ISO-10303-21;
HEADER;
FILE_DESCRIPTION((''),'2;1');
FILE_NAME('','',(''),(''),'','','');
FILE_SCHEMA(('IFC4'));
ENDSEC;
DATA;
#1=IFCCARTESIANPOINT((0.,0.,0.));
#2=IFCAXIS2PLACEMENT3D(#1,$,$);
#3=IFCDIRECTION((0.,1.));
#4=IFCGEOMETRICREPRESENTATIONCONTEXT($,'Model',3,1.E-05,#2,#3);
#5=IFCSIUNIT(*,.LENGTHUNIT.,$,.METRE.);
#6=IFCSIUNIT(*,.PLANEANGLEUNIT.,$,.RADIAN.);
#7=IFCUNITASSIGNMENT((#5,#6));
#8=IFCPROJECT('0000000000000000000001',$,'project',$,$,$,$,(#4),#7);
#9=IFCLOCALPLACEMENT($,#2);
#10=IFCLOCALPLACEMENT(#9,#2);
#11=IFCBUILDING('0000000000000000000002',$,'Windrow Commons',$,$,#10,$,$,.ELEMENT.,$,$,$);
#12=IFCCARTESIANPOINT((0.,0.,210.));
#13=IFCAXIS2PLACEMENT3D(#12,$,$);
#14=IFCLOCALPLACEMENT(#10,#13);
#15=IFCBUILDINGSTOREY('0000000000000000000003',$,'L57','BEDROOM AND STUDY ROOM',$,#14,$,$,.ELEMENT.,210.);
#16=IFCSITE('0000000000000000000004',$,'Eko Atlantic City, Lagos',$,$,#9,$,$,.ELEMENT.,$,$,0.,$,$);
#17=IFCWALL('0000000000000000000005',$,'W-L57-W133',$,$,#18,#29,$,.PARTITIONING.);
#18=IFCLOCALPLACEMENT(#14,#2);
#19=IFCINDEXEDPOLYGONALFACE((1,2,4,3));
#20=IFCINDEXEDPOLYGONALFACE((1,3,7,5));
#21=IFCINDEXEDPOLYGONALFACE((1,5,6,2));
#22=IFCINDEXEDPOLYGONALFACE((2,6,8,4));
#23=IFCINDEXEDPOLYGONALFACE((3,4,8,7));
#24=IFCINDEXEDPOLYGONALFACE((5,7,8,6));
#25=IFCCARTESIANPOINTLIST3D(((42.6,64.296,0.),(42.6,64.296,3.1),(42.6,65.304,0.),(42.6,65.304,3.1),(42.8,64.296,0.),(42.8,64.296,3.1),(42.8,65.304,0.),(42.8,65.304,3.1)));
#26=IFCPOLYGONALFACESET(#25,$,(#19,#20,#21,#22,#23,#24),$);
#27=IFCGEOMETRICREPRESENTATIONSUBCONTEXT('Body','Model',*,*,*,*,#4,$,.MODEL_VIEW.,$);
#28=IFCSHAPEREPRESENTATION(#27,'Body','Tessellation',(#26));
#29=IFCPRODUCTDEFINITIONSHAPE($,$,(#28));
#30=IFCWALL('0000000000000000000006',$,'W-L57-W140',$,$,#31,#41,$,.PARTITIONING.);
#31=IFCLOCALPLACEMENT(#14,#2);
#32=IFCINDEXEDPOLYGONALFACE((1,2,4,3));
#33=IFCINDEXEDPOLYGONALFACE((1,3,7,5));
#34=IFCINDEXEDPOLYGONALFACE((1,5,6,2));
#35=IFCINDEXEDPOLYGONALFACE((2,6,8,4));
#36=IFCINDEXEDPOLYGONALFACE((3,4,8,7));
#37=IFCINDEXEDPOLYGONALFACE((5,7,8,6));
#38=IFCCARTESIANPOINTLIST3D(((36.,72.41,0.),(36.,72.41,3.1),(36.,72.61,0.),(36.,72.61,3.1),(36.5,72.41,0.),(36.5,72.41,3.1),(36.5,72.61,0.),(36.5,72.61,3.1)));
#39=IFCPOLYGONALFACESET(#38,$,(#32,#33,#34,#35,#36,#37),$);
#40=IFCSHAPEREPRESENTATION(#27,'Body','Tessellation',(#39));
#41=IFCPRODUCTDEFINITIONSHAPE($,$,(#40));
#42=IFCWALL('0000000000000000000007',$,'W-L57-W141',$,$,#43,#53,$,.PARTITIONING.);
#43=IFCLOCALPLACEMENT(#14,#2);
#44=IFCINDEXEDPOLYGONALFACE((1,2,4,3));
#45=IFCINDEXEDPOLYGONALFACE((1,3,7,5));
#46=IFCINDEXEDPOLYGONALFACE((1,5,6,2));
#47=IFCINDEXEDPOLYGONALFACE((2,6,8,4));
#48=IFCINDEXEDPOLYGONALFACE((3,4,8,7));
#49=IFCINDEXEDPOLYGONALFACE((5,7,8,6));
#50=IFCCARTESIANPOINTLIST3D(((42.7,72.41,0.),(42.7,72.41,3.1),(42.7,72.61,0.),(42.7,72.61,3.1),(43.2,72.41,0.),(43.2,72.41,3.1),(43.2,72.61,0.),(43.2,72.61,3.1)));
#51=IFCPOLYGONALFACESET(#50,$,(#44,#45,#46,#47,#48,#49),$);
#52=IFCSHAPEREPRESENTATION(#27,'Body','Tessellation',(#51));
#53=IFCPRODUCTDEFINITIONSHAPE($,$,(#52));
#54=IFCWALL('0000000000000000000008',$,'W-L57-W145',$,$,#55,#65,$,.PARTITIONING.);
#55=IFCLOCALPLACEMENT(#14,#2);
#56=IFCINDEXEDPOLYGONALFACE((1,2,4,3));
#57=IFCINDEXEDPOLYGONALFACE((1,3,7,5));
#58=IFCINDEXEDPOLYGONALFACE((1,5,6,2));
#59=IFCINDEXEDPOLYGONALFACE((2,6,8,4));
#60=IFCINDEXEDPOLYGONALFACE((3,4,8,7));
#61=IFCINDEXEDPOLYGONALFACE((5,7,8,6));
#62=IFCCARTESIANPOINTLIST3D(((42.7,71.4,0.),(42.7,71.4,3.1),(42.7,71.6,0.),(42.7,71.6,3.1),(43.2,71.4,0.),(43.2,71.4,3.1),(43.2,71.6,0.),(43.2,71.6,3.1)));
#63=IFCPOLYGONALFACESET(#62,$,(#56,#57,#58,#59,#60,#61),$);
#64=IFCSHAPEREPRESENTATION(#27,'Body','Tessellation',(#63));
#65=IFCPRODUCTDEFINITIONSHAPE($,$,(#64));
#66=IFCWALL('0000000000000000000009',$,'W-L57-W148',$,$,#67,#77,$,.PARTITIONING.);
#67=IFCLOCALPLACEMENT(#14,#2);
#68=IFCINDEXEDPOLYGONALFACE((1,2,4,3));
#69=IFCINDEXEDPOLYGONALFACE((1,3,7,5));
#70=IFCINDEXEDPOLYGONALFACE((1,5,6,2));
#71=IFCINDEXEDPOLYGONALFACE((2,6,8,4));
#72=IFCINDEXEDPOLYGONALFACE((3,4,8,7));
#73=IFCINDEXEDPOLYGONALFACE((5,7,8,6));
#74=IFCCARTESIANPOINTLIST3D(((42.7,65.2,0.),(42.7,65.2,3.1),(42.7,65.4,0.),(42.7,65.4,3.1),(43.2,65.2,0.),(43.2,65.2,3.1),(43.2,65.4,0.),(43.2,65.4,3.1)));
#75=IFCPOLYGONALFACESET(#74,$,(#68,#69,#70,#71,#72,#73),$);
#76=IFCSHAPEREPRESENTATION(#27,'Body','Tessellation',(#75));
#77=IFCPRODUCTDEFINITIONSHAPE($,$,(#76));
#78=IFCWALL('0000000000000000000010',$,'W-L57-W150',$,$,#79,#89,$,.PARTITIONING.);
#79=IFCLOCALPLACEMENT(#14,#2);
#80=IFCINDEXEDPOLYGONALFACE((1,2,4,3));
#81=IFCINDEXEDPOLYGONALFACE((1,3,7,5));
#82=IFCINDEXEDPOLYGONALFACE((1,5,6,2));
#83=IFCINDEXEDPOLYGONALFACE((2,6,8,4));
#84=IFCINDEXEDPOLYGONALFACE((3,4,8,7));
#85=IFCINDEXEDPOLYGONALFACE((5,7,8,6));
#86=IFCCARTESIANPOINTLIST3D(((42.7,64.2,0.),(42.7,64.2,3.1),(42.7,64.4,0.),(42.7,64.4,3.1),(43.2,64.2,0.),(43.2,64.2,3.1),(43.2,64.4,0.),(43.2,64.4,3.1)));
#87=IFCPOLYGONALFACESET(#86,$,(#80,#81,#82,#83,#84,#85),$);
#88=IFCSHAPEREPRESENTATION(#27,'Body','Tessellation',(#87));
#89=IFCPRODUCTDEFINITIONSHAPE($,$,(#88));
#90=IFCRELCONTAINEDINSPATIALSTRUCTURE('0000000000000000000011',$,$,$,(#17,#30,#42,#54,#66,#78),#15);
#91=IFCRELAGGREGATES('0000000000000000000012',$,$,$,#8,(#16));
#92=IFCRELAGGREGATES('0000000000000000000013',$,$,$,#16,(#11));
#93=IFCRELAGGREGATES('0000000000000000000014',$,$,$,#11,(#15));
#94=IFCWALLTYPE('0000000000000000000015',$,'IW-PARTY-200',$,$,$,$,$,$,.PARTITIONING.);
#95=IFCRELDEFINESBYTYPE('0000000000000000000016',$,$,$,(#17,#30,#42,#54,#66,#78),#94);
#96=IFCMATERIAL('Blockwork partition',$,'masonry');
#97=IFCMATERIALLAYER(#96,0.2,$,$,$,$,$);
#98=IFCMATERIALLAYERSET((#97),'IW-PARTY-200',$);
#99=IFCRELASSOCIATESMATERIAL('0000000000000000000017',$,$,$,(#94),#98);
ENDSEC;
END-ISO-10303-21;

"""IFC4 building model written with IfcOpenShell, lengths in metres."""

from ifc_helpers import new_model, si_unit, direction, frame, frame_2d, origin, place, context, subcontext, project, spatial, rectangle, extrude, material, layer, layer_set, type_object, element, save


model = new_model("IFC4")

# Units and contexts
model_context = context("Model", 3, precision=1e-05, world=origin(), true_north=direction((0.0, 1.0)))
body_context = subcontext(model_context, "Body", "Model", "MODEL_VIEW")
ifc_project = project(units=[si_unit("LENGTHUNIT", "METRE"), si_unit("PLANEANGLEUNIT", "RADIAN")], contexts=[model_context])

# Site, building, storey
site_placement = place(None, origin())
site = spatial("IfcSite", under=ifc_project, at=site_placement, Name="Eko Atlantic City, Lagos", CompositionType="ELEMENT", RefElevation=0.0)
building_placement = place(site_placement, origin())
building = spatial("IfcBuilding", under=site, at=building_placement, Name="Windrow Commons", CompositionType="ELEMENT")
storey_placement = place(building_placement, frame((0.0, 0.0, 210.0)))
storey = spatial("IfcBuildingStorey", under=building, at=storey_placement, Name="L57", Description="BEDROOM AND STUDY ROOM", CompositionType="ELEMENT", Elevation=210.0)

# Walls
ifc_material_1 = material(Name="Blockwork partition", Category="masonry")
ifc_layer_1 = layer(ifc_material_1, 0.2)
ifc_layer_set_1 = layer_set([ifc_layer_1], Name="IW-PARTY-200")
wall_type_1 = type_object("IfcWallType", Name="IW-PARTY-200", PredefinedType="PARTITIONING", material=ifc_layer_set_1)
wall_1_placement = place(storey_placement, frame((42.7, 64.296, 0.0), z_axis=(0.0, 0.0, 1.0), x_axis=(0.0, 1.0, 0.0)))
element("IfcWall", 1, at=wall_1_placement, inside=storey, type_object=wall_type_1, Name="W-L57-W133", PredefinedType="PARTITIONING", context=body_context, shape_type="SweptSolid", body=[
    extrude(rectangle(XDim=1.008, YDim=0.2, at=frame_2d((0.504, 0.0))), origin(), (0.0, 0.0, 1.0), 3.1),
])
for number, where, z_axis, x_axis, name in (
    (2, (36.0, 72.51, 0.0), (0.0, 0.0, 1.0), (1.0, 0.0, 0.0), "W-L57-W140"),
    (3, (42.7, 72.51, 0.0), (0.0, 0.0, 1.0), (1.0, 0.0, 0.0), "W-L57-W141"),
    (4, (42.7, 71.5, 0.0), (0.0, 0.0, 1.0), (1.0, 0.0, 0.0), "W-L57-W145"),
    (5, (42.7, 65.3, 0.0), (0.0, 0.0, 1.0), (1.0, 0.0, 0.0), "W-L57-W148"),
    (6, (42.7, 64.3, 0.0), (0.0, 0.0, 1.0), (1.0, 0.0, 0.0), "W-L57-W150"),
):
    element("IfcWall", number, at=place(storey_placement, frame(where, z_axis=z_axis, x_axis=x_axis)), inside=storey, type_object=wall_type_1, Name=name, PredefinedType="PARTITIONING", context=body_context, shape_type="SweptSolid", body=[
        extrude(rectangle(XDim=0.5, YDim=0.2, at=frame_2d((0.25, 0.0))), origin(), (0.0, 0.0, 1.0), 3.1),
    ])

save(model, "model.ifc")
